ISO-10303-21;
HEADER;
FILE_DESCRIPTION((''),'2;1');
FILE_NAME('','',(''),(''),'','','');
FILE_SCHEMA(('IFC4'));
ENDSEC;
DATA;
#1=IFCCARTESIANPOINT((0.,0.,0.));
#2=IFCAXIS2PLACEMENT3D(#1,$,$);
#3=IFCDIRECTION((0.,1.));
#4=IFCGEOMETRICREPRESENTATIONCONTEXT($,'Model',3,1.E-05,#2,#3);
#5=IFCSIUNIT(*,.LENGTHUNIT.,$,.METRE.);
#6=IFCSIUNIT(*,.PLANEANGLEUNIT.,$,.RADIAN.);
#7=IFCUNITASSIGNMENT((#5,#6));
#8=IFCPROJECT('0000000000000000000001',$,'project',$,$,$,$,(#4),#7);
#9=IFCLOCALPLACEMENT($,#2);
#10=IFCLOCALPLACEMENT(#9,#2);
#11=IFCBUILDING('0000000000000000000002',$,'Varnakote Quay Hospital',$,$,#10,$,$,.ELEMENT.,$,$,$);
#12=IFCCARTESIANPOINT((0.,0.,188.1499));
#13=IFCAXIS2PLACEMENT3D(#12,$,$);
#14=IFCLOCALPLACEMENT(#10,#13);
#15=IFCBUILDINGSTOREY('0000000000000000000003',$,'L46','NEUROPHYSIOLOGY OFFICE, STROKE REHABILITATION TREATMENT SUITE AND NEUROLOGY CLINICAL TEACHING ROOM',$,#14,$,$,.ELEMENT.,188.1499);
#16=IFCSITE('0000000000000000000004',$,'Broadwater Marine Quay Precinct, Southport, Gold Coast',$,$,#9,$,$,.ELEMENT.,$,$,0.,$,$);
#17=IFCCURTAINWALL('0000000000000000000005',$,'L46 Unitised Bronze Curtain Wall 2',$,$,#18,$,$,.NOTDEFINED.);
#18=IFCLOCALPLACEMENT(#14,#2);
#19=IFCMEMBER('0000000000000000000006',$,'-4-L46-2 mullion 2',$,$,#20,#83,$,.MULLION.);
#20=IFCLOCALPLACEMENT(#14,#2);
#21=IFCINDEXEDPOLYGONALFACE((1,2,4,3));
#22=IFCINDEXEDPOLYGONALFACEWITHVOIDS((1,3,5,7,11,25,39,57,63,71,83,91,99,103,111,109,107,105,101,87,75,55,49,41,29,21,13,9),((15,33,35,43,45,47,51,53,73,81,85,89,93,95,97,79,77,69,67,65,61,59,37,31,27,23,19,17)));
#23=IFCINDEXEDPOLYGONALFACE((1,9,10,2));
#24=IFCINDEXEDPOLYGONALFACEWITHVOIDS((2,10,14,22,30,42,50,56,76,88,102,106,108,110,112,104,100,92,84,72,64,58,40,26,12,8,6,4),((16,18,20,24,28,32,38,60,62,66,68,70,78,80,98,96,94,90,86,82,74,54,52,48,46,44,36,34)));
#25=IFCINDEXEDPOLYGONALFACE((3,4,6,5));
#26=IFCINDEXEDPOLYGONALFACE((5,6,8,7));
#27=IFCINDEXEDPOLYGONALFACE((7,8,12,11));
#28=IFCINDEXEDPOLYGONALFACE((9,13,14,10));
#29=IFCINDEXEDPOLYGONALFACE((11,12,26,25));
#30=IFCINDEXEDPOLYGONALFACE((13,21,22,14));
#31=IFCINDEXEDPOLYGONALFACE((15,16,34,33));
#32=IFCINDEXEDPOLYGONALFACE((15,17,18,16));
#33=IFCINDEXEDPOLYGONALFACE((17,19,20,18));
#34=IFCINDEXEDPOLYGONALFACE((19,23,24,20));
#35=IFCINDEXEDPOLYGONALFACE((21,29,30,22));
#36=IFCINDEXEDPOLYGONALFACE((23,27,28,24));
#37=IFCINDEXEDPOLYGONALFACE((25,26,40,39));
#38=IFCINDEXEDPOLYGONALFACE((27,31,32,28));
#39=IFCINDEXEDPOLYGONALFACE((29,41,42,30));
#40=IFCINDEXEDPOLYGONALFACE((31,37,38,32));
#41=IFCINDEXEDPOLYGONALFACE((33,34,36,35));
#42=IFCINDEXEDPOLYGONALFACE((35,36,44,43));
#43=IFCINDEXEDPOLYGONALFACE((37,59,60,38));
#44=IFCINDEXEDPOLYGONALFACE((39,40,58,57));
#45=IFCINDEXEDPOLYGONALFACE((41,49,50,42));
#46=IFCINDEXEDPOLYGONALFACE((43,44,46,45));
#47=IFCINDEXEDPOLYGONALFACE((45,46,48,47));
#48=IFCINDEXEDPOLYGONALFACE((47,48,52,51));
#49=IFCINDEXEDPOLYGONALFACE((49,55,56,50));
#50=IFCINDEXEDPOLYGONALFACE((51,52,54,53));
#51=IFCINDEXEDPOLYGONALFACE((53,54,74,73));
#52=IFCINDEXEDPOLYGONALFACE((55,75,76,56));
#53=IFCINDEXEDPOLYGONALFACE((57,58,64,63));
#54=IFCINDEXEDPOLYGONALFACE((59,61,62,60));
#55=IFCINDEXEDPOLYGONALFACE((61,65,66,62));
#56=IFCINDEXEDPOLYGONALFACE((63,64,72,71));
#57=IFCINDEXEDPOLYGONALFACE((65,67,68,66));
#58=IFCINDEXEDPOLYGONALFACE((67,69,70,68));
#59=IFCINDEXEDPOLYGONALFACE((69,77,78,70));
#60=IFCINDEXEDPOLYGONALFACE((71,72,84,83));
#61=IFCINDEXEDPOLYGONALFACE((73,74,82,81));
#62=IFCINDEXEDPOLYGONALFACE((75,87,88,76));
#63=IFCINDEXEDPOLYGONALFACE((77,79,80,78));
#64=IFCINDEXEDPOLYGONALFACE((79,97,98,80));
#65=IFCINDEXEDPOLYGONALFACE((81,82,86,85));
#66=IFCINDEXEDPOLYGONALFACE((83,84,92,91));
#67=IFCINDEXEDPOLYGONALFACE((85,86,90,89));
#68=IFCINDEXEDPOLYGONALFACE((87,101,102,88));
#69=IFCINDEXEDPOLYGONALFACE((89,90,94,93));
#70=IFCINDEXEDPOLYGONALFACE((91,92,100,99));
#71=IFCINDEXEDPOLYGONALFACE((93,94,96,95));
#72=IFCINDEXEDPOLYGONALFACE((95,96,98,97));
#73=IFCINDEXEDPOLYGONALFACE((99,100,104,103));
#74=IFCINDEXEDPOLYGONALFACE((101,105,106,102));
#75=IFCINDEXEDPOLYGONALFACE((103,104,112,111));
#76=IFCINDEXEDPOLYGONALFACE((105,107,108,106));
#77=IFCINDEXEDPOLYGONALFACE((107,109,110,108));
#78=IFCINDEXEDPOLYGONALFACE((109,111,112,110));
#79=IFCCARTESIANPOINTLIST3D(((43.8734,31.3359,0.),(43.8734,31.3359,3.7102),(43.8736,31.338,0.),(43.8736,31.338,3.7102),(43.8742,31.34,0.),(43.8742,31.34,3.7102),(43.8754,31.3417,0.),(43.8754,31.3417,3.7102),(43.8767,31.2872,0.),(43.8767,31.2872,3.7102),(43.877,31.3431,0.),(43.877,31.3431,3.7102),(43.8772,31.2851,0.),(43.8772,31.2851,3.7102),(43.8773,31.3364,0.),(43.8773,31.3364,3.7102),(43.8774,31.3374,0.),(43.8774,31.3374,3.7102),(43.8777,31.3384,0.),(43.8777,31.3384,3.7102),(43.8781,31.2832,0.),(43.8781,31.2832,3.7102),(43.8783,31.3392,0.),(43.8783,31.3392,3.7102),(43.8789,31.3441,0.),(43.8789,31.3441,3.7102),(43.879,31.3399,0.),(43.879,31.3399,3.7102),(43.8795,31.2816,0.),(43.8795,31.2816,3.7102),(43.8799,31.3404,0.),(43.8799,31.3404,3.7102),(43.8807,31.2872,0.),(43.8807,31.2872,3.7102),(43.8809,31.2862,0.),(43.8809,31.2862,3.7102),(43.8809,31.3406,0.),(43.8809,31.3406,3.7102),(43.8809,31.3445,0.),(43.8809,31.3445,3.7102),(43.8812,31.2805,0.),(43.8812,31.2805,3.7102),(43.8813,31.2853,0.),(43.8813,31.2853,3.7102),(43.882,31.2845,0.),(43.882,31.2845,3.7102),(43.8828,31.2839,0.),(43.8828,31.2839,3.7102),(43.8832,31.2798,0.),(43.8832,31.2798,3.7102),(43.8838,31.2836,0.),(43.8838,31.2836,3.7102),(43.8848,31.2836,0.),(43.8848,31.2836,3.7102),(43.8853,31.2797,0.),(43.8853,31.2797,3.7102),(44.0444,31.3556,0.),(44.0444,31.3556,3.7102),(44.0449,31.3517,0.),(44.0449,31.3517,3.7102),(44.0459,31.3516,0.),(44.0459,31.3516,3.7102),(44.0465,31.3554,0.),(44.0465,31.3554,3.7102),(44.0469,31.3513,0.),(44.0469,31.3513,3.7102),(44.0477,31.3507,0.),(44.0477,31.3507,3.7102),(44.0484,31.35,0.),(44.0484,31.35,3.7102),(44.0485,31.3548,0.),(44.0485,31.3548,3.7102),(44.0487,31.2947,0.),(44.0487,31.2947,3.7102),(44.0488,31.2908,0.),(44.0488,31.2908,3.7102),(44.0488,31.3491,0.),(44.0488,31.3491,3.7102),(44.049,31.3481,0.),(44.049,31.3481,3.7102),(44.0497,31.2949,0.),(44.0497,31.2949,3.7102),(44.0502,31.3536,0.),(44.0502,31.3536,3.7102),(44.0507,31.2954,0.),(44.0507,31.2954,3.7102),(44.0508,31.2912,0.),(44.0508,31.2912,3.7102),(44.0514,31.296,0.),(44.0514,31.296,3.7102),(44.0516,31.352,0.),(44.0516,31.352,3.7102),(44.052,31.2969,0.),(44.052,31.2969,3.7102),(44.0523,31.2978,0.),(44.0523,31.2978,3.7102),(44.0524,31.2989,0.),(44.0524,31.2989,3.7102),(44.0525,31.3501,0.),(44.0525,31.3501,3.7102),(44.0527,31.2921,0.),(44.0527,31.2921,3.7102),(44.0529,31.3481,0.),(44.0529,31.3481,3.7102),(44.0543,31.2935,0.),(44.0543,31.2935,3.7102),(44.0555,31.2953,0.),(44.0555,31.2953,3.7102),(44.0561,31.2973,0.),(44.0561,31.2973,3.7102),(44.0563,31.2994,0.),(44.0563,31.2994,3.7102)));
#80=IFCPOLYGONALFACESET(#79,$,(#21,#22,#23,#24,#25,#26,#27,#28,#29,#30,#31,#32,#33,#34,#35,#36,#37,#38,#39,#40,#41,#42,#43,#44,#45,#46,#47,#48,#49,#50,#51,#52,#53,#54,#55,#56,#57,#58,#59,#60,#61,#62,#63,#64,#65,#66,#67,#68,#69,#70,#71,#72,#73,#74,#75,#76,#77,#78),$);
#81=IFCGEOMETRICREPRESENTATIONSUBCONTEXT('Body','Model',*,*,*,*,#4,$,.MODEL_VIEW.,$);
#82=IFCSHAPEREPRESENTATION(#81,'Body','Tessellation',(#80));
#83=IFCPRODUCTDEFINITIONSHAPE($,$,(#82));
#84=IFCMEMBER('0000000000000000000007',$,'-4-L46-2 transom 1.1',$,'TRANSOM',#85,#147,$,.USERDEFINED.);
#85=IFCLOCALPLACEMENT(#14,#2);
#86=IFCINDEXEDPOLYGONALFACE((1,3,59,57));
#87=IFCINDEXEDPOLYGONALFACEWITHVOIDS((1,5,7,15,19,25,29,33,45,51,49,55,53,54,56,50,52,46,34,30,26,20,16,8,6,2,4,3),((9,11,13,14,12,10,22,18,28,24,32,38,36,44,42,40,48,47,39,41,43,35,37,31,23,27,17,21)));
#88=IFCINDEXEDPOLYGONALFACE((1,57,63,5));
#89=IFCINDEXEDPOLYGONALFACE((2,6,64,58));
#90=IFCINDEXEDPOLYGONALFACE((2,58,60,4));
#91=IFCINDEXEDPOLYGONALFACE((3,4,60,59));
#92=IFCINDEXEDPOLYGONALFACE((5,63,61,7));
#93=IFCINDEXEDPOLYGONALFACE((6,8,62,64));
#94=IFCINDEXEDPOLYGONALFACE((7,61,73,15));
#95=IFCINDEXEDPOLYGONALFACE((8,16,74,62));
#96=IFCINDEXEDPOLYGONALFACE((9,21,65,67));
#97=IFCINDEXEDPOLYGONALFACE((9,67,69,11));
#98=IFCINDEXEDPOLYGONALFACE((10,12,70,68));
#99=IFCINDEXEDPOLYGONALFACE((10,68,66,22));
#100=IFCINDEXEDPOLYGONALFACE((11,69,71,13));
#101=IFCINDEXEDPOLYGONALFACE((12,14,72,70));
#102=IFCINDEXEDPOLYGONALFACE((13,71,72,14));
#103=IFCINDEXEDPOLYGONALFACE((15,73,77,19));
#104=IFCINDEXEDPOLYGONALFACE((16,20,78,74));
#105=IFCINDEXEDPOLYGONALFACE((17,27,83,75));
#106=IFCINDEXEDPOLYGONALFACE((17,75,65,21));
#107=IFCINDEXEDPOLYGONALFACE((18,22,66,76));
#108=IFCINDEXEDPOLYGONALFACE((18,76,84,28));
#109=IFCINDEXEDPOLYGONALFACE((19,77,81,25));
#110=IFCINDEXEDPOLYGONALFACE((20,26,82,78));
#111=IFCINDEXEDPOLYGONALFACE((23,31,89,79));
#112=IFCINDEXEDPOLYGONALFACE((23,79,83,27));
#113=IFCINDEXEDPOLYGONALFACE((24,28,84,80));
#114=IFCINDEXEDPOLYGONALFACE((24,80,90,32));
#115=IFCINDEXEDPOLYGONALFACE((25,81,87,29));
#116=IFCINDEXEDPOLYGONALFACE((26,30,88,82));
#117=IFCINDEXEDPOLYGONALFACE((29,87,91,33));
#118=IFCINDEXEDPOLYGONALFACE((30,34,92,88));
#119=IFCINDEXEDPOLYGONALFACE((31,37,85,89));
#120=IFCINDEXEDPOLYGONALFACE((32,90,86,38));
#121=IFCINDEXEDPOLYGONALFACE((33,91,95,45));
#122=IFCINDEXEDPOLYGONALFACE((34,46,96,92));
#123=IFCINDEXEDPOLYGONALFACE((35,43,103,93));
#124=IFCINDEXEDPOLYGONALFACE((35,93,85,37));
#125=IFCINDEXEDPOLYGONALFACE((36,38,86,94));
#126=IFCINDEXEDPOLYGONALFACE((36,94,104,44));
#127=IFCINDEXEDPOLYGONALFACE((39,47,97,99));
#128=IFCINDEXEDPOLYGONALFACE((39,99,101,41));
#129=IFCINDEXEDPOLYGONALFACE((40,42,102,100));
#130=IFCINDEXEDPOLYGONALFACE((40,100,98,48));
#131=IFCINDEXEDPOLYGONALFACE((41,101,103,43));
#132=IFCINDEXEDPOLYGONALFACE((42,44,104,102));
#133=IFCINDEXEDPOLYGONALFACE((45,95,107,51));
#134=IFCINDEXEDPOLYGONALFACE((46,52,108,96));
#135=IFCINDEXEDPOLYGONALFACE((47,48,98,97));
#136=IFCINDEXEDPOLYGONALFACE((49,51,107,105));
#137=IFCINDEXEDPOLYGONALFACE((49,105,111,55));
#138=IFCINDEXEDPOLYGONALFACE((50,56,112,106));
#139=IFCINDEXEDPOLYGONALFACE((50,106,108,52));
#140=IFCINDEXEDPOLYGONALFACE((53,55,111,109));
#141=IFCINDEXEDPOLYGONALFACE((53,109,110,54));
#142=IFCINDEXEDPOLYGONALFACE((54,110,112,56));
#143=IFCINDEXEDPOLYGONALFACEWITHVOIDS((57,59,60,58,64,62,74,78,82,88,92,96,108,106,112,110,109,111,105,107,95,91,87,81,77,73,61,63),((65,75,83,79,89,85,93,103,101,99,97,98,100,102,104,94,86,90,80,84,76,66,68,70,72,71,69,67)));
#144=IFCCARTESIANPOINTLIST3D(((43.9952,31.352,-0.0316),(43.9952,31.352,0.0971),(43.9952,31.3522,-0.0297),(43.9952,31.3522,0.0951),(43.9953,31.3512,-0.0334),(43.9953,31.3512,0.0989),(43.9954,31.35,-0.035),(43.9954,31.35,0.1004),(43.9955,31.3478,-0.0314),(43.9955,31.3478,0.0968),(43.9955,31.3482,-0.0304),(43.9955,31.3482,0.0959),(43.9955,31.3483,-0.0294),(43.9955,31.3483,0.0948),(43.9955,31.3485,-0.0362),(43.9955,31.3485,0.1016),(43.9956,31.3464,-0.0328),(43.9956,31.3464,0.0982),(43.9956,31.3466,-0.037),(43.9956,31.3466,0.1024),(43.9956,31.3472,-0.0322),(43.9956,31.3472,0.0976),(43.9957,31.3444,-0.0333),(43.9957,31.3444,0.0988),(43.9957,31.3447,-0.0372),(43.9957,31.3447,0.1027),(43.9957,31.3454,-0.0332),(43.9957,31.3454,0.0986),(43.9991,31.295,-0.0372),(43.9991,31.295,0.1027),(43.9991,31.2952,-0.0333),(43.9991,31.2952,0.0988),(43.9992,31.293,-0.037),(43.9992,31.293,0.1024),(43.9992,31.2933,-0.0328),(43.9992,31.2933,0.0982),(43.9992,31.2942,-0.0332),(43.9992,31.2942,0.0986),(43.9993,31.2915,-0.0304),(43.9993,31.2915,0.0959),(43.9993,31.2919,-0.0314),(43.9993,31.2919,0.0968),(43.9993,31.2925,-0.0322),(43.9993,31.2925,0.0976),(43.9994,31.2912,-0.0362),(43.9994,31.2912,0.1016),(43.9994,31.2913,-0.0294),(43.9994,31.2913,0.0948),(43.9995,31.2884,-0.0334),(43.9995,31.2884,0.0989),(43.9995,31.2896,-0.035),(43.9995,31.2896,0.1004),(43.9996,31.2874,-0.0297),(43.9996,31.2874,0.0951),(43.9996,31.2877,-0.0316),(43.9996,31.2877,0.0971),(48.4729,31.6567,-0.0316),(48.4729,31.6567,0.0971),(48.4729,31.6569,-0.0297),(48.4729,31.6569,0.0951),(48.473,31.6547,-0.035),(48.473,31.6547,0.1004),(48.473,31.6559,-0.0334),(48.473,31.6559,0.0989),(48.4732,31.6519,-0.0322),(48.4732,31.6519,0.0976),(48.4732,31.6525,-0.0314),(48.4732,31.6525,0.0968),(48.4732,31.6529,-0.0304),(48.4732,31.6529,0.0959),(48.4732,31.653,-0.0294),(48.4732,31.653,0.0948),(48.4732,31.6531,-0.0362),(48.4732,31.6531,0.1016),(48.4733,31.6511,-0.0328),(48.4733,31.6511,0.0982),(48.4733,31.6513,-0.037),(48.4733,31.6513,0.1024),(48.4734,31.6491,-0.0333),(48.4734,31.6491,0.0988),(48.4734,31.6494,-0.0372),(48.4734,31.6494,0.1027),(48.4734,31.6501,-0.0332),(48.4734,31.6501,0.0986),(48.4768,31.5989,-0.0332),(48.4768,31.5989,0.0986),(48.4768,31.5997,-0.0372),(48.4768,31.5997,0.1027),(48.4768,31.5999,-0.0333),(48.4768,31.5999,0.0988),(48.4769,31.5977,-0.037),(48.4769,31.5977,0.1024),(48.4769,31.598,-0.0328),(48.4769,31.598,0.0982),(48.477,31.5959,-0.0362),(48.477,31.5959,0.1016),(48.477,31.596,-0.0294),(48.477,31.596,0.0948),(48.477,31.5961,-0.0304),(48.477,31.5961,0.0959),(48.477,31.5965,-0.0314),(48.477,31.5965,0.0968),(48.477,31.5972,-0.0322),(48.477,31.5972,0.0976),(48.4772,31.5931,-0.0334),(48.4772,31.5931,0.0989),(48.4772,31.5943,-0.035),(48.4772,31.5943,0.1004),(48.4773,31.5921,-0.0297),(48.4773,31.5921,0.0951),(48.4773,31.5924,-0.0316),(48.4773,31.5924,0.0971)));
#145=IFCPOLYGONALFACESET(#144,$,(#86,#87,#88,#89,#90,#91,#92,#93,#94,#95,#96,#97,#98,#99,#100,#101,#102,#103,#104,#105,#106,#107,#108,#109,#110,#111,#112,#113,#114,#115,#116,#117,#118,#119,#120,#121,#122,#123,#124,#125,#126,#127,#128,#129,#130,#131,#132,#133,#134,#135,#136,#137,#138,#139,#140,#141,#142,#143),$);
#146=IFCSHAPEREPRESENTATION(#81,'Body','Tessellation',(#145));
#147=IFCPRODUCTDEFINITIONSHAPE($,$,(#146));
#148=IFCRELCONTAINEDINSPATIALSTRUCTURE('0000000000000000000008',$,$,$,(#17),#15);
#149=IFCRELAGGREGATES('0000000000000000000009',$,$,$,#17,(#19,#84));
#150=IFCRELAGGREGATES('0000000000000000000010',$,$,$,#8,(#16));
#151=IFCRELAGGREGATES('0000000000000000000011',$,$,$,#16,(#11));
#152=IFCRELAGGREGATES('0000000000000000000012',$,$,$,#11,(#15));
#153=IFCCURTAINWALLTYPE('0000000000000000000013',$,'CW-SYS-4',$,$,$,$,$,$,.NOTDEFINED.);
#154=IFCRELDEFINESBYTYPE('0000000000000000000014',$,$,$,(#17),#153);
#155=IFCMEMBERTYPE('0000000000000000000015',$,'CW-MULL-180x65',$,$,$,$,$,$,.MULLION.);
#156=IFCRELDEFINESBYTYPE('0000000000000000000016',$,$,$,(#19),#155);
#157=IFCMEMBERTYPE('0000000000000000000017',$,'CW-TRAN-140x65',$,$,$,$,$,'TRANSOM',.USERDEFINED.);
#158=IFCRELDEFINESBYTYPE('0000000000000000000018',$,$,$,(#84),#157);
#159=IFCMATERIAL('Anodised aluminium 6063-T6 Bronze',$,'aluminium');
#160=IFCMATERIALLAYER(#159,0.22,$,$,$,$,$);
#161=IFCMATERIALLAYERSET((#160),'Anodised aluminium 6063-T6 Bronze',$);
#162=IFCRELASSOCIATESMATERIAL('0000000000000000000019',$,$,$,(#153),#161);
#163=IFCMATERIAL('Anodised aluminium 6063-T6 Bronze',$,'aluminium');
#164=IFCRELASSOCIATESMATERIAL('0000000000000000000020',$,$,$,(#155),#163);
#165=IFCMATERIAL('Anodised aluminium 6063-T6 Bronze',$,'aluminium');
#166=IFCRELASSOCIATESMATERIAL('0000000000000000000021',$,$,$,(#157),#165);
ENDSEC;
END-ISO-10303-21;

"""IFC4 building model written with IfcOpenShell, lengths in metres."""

from ifc_helpers import new_model, si_unit, direction, frame, origin, origin_2d, place, context, subcontext, project, spatial, hollow_rectangle, extrude, material, layer, layer_set, material_profile, profile_set, type_object, element, aggregate, save


model = new_model("IFC4")

# Units and contexts
model_context = context("Model", 3, precision=1e-05, world=origin(), true_north=direction((0.0, 1.0)))
body_context = subcontext(model_context, "Body", "Model", "MODEL_VIEW")
ifc_project = project(units=[si_unit("LENGTHUNIT", "METRE"), si_unit("PLANEANGLEUNIT", "RADIAN")], contexts=[model_context])

# Site, building, storey
site_placement = place(None, origin())
site = spatial("IfcSite", under=ifc_project, at=site_placement, Name="Broadwater Marine Quay Precinct, Southport, Gold Coast", CompositionType="ELEMENT", RefElevation=0.0)
building_placement = place(site_placement, origin())
building = spatial("IfcBuilding", under=site, at=building_placement, Name="Varnakote Quay Hospital", CompositionType="ELEMENT")
storey_placement = place(building_placement, frame((0.0, 0.0, 188.1499)))
storey = spatial("IfcBuildingStorey", under=building, at=storey_placement, Name="L46", Description="NEUROPHYSIOLOGY OFFICE, STROKE REHABILITATION TREATMENT SUITE AND NEUROLOGY CLINICAL TEACHING ROOM", CompositionType="ELEMENT", Elevation=188.1499)

# Shared definitions
ifc_material_1 = material(Name="Anodised aluminium 6063-T6 Bronze", Category="aluminium")
ifc_layer_1 = layer(ifc_material_1, 0.22)
ifc_layer_set_1 = layer_set([ifc_layer_1], Name="Anodised aluminium 6063-T6 Bronze")
curtain_wall_type = type_object("IfcCurtainWallType", Name="CW-SYS-4", PredefinedType="NOTDEFINED", material=ifc_layer_set_1)
ifc_material_2 = material(Name="Anodised aluminium 6063-T6 Bronze", Category="aluminium")
ifc_material_profile_1 = material_profile(ifc_material_2, hollow_rectangle(XDim=0.0649, YDim=0.1799, WallThickness=0.0039, InnerFilletRadius=0.0039, OuterFilletRadius=0.0081, at=origin_2d()), Name="CW-MULL-180x65")
ifc_profile_set_1 = profile_set([ifc_material_profile_1], Name="Anodised aluminium 6063-T6 Bronze")
member_type_1 = type_object("IfcMemberType", Name="CW-MULL-180x65", PredefinedType="MULLION", material=ifc_profile_set_1)

# Curtain wall, members
curtain_wall_1_placement = place(storey_placement, origin())
curtain_wall_1 = element("IfcCurtainWall", 1, at=curtain_wall_1_placement, inside=storey, type_object=curtain_wall_type, Name="L46 Unitised Bronze Curtain Wall 2", PredefinedType="NOTDEFINED")
member_1_placement = place(storey_placement, frame((43.9648, 31.3176, 0.0), z_axis=(0.0, 0.0, 1.0), x_axis=(0.067842, -0.997696, 0.0)))
member_1 = element("IfcMember", 2, at=member_1_placement, type_object=member_type_1, Name="-4-L46-2 mullion 2", PredefinedType="MULLION", context=body_context, shape_type="SweptSolid", body=[
    extrude(hollow_rectangle(XDim=0.0649, YDim=0.1799, WallThickness=0.0039, InnerFilletRadius=0.0039, OuterFilletRadius=0.0081, at=origin_2d()), origin(), (0.0, 0.0, 1.0), 3.7102),
])
ifc_material_3 = material(Name="Anodised aluminium 6063-T6 Bronze", Category="aluminium")
ifc_material_profile_2 = material_profile(ifc_material_3, hollow_rectangle(XDim=0.0649, YDim=0.1399, WallThickness=0.0039, InnerFilletRadius=0.0039, OuterFilletRadius=0.0076, at=origin_2d()), Name="CW-TRAN-140x65")
ifc_profile_set_2 = profile_set([ifc_material_profile_2], Name="Anodised aluminium 6063-T6 Bronze")
member_type_2 = type_object("IfcMemberType", Name="CW-TRAN-140x65", ElementType="TRANSOM", PredefinedType="USERDEFINED", material=ifc_profile_set_2)
member_2_placement = place(storey_placement, frame((48.4751, 31.6245, 0.0327), z_axis=(-0.997693, -0.067887, 0.0), x_axis=(0.067887, -0.997693, 0.0)))
member_2 = element("IfcMember", 3, at=member_2_placement, type_object=member_type_2, Name="-4-L46-2 transom 1.1", ObjectType="TRANSOM", PredefinedType="USERDEFINED", context=body_context, shape_type="SweptSolid", body=[
    extrude(hollow_rectangle(XDim=0.0649, YDim=0.1399, WallThickness=0.0039, InnerFilletRadius=0.0039, OuterFilletRadius=0.0076, at=origin_2d()), origin(), (0.0, 0.0, 1.0), 4.488),
])
aggregate(curtain_wall_1, [member_1, member_2])

save(model, "model.ifc")
